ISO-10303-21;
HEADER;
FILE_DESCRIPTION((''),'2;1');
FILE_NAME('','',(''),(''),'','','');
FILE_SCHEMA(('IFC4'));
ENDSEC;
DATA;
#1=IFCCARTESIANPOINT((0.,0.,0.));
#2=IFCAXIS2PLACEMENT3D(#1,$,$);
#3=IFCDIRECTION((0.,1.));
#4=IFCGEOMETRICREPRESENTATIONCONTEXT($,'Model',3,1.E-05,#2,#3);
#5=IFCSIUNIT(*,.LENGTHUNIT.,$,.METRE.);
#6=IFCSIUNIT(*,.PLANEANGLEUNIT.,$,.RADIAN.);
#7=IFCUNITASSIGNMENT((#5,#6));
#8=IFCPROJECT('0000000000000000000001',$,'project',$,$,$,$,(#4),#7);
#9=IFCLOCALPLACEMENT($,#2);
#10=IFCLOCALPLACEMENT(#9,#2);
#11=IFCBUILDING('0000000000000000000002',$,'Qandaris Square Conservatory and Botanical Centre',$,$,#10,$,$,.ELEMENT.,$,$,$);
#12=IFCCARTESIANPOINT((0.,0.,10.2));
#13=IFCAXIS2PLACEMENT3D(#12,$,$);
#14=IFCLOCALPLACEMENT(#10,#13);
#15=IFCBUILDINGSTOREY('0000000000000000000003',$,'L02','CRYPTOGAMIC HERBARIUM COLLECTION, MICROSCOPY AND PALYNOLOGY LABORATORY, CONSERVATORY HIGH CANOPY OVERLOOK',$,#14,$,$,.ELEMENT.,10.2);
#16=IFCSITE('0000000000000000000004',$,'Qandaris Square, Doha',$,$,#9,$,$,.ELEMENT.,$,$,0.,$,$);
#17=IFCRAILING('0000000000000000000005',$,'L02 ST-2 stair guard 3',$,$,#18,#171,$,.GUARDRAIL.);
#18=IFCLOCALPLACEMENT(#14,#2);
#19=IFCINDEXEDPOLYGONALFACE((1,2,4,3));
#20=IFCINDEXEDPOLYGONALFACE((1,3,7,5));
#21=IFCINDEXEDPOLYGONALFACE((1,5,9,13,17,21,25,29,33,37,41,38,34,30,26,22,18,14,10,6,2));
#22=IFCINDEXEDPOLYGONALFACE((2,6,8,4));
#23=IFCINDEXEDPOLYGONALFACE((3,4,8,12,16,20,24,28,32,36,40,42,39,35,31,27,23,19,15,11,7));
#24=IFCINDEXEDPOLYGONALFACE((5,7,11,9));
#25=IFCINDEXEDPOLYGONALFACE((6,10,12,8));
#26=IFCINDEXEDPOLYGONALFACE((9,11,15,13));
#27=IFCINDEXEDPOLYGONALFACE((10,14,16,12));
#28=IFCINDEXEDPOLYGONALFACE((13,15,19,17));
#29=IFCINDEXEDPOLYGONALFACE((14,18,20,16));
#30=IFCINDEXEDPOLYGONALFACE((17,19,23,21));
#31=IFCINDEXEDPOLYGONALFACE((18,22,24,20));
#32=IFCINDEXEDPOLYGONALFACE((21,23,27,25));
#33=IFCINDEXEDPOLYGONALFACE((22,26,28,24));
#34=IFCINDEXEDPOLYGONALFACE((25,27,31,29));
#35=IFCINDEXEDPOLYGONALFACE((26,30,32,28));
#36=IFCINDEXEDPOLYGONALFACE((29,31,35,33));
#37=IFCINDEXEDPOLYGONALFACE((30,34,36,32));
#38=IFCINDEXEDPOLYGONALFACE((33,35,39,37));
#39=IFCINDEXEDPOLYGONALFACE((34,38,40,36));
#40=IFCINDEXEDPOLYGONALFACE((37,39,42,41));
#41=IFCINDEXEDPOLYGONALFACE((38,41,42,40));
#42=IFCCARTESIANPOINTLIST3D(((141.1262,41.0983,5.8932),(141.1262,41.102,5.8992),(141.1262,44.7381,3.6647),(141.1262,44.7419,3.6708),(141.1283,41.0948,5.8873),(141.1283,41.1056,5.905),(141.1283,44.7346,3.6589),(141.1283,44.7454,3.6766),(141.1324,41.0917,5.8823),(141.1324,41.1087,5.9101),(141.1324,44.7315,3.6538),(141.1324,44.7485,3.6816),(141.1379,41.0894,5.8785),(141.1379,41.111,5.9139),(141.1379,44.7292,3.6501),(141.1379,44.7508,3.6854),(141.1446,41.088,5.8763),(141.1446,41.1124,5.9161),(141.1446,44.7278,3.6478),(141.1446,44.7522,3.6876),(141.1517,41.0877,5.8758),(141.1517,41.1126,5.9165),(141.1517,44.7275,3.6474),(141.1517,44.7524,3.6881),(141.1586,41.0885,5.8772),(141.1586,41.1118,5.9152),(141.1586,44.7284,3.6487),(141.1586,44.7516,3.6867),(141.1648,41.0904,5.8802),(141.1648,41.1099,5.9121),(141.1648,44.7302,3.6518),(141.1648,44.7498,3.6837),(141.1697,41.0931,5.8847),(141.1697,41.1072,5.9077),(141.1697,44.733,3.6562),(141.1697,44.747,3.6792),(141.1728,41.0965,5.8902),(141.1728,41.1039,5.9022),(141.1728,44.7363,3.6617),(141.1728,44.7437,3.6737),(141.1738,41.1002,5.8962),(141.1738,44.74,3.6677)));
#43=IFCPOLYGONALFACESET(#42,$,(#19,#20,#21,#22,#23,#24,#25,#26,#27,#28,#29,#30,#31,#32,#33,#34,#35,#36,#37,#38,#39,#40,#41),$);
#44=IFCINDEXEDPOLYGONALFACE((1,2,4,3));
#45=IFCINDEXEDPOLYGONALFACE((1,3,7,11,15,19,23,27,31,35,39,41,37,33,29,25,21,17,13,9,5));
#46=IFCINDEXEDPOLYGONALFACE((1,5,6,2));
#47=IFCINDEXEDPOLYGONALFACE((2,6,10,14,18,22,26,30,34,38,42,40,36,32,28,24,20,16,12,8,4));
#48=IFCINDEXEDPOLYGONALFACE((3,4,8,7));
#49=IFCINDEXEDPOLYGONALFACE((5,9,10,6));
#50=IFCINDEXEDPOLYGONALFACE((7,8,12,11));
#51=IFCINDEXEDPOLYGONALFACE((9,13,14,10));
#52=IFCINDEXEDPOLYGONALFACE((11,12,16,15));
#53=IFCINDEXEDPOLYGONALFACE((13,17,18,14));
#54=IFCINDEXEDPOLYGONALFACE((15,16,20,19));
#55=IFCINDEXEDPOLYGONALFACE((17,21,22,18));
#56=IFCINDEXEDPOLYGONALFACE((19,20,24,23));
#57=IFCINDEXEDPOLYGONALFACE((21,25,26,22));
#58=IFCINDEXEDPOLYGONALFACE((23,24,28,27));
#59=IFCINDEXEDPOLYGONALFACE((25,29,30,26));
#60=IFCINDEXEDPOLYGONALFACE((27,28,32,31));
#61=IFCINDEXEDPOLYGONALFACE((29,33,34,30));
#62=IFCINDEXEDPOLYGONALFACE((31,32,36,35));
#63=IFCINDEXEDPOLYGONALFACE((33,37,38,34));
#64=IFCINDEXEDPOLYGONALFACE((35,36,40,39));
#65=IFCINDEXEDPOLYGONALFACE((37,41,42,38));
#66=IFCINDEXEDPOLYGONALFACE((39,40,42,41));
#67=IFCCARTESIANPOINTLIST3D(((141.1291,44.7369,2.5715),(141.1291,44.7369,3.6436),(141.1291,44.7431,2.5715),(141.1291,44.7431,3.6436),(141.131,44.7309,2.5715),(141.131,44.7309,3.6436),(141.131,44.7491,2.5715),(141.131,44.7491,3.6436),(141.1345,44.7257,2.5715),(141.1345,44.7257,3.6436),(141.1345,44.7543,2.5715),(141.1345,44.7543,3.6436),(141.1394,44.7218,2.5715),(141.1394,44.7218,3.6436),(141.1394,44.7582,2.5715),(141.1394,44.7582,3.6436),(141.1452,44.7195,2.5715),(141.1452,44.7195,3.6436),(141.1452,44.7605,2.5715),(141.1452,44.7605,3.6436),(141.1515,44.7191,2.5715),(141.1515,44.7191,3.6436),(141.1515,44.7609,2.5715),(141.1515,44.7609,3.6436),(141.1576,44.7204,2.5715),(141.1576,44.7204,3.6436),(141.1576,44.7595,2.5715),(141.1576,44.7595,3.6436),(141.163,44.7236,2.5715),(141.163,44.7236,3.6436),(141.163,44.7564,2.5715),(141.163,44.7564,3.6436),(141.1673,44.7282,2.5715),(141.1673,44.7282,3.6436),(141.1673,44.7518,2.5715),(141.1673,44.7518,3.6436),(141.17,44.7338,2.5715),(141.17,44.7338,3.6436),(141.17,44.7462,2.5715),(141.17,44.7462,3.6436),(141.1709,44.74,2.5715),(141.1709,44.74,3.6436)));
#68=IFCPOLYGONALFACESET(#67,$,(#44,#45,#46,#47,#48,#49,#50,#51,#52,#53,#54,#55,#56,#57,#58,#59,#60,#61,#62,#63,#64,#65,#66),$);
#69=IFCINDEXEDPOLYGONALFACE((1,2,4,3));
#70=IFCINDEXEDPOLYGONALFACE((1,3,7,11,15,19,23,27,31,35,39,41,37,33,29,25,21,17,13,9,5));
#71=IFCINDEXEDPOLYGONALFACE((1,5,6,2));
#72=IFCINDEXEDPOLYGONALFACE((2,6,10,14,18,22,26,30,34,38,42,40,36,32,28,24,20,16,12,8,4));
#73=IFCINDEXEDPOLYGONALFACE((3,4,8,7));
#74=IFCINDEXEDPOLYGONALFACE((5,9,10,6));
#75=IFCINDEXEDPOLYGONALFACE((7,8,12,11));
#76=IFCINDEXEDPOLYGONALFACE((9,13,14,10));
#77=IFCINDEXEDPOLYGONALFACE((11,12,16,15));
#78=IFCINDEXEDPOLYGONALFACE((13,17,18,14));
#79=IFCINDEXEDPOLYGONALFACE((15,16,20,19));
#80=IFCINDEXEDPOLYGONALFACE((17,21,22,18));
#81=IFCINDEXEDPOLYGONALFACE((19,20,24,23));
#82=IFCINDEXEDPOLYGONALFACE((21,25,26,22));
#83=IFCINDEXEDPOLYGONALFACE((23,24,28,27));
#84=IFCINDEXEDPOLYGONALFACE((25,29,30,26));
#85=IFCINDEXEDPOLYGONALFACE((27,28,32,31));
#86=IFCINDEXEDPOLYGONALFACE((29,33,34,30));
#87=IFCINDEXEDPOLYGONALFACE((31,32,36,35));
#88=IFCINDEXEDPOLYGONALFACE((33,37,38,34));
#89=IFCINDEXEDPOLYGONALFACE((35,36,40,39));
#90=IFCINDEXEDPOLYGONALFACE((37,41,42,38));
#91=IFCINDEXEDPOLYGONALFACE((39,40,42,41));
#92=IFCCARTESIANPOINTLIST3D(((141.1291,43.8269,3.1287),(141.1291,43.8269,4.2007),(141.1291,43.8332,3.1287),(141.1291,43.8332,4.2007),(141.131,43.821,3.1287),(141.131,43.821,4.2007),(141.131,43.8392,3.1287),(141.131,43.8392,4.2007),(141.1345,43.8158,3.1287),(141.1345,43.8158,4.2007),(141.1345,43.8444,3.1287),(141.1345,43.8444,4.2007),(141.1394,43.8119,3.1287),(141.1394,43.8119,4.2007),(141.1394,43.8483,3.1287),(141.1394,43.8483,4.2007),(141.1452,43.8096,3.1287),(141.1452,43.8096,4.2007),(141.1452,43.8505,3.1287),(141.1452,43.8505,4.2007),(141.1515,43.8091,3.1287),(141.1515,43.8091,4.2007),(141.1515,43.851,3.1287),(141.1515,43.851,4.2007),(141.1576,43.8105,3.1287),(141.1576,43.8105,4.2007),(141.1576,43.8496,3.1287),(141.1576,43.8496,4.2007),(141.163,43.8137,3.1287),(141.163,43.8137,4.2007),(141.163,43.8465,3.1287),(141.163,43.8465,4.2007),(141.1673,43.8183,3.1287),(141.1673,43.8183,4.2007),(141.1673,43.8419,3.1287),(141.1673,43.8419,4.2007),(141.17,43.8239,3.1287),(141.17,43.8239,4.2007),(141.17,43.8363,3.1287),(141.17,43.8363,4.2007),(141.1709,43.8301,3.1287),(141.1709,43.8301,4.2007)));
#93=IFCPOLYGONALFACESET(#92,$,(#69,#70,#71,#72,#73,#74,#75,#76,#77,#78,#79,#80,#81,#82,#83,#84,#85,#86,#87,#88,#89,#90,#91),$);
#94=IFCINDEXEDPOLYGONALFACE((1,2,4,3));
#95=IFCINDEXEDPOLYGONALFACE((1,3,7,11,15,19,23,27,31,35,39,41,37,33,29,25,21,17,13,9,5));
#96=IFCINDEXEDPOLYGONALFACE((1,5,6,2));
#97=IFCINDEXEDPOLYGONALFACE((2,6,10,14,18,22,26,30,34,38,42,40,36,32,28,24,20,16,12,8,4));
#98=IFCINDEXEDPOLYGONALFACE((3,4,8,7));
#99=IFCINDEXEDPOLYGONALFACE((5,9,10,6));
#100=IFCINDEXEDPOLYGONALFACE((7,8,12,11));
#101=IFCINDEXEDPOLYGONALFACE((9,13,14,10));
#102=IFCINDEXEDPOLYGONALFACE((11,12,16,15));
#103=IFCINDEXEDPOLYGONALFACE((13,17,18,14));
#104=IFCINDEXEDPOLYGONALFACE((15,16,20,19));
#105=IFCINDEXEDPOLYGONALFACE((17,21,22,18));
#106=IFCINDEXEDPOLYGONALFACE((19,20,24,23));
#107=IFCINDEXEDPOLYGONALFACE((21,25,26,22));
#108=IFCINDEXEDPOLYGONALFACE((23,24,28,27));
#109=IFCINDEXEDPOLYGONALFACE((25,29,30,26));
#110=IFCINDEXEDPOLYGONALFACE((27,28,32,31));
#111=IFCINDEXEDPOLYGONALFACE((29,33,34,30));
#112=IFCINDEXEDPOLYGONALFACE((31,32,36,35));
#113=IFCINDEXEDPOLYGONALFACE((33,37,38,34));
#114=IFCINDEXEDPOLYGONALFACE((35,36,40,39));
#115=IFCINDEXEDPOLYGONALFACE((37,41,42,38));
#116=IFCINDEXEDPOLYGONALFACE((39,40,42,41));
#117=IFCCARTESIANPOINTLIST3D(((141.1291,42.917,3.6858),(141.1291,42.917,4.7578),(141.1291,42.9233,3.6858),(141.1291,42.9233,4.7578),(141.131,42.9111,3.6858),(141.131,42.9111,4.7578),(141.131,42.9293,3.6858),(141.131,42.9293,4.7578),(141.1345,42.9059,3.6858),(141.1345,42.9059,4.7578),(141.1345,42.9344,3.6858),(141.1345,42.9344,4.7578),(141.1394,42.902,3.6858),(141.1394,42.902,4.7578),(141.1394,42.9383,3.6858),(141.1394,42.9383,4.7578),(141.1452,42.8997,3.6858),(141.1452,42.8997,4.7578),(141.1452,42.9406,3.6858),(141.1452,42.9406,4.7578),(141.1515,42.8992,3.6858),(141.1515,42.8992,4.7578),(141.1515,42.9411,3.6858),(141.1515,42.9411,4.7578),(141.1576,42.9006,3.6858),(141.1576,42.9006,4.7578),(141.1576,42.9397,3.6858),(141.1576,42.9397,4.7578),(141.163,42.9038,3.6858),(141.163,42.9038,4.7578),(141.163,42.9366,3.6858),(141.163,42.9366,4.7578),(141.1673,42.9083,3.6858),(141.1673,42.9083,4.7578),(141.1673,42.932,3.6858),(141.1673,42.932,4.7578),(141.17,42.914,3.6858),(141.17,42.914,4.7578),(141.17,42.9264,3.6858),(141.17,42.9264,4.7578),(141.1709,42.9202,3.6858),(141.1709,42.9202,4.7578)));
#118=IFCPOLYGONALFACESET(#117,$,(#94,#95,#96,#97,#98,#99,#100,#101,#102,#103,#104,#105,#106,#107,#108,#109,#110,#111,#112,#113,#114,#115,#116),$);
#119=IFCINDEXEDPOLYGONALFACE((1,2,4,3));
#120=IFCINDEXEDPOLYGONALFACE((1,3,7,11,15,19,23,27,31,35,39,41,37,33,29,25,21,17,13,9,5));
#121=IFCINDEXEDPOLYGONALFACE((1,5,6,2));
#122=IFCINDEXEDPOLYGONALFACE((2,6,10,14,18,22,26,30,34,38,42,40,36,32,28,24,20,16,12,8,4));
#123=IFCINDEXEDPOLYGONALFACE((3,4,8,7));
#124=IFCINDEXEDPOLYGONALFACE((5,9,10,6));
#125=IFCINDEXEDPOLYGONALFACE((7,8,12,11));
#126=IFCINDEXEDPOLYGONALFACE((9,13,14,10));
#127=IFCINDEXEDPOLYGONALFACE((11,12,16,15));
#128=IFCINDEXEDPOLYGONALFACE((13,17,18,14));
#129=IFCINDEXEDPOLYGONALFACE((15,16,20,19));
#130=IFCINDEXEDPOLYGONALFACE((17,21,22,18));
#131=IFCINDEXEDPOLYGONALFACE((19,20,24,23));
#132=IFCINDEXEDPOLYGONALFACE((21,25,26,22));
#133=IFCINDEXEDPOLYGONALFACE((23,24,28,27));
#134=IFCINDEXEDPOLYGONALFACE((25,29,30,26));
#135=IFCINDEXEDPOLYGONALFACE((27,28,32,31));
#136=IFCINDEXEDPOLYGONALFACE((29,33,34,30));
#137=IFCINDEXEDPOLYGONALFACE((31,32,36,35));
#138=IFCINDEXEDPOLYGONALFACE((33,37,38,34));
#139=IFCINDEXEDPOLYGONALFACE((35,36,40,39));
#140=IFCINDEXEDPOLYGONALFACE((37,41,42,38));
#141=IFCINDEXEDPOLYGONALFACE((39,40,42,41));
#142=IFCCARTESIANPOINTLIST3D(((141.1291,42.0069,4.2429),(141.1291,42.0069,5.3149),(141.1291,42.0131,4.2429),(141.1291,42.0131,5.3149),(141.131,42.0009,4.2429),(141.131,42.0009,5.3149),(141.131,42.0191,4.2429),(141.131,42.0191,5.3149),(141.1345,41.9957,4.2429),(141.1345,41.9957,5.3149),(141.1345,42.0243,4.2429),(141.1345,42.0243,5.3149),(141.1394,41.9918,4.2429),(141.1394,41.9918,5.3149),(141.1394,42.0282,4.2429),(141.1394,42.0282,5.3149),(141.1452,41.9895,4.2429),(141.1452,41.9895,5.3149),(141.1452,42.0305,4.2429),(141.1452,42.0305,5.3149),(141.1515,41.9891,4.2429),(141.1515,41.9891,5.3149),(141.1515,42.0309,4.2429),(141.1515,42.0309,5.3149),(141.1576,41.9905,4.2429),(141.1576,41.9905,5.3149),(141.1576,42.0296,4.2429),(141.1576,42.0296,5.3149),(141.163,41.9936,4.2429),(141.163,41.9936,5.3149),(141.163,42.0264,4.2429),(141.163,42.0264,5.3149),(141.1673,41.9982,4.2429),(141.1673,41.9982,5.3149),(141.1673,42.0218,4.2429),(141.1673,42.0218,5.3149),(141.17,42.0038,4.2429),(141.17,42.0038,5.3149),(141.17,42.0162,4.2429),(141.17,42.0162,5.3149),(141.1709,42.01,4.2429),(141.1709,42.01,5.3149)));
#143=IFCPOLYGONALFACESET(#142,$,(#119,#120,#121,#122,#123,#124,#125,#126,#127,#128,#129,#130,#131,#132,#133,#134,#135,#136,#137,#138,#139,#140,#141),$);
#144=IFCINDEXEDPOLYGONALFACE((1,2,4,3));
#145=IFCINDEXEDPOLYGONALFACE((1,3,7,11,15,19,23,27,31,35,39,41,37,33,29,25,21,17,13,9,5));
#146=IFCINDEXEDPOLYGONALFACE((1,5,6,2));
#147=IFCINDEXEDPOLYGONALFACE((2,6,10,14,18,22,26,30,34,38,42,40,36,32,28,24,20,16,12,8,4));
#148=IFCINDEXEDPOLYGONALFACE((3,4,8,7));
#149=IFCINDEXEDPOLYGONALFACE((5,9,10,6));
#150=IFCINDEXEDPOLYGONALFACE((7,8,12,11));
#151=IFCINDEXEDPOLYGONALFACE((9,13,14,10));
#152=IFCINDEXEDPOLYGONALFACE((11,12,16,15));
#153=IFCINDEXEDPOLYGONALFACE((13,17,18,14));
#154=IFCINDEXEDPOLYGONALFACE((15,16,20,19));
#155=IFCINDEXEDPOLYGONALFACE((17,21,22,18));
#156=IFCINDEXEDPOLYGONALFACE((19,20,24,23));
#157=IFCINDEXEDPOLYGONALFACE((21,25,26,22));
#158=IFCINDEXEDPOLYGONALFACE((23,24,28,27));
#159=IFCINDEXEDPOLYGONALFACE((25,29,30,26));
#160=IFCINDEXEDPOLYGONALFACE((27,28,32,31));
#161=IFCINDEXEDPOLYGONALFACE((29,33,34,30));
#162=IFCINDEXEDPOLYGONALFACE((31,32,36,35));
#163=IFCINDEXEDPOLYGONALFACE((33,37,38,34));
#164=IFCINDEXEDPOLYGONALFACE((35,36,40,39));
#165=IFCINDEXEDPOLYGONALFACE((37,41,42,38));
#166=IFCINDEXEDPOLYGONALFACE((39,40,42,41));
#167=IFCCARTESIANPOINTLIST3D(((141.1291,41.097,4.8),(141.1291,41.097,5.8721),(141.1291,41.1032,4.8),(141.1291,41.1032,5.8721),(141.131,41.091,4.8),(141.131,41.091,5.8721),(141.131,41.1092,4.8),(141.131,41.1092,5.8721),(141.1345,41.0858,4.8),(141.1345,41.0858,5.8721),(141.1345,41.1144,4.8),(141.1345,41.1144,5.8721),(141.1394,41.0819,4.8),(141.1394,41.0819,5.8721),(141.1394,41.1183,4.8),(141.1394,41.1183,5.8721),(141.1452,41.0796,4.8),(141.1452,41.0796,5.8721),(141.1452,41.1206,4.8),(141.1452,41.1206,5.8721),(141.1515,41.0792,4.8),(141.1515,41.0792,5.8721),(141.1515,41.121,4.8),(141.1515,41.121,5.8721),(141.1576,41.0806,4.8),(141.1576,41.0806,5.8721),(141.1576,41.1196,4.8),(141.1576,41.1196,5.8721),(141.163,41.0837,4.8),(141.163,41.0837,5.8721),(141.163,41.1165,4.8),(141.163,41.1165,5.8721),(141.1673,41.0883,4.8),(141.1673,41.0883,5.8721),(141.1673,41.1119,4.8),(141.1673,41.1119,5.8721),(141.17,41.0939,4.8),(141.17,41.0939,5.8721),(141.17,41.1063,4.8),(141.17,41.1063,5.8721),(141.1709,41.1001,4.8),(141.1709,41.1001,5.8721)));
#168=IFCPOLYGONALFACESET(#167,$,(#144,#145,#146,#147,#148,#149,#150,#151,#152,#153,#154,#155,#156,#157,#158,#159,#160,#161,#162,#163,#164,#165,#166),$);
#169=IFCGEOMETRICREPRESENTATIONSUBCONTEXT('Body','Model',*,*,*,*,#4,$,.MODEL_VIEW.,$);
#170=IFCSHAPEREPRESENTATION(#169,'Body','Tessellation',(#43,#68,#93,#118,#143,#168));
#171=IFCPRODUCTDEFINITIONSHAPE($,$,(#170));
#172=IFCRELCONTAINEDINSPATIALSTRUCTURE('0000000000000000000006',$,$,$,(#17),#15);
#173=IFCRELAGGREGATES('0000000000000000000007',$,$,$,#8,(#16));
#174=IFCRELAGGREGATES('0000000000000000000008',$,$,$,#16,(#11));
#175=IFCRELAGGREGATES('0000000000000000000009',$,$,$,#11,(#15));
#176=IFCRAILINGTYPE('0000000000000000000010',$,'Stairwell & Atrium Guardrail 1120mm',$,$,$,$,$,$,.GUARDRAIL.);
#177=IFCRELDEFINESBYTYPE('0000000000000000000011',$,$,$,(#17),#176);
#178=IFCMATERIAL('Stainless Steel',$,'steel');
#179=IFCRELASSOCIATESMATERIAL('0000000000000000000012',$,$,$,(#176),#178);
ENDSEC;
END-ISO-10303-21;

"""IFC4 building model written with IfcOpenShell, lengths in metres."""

from ifc_helpers import new_model, si_unit, direction, frame, origin, origin_2d, place, context, subcontext, project, spatial, circle, extrude, material, type_object, element, save


model = new_model("IFC4")

# Units and contexts
model_context = context("Model", 3, precision=1e-05, world=origin(), true_north=direction((0.0, 1.0)))
body_context = subcontext(model_context, "Body", "Model", "MODEL_VIEW")
ifc_project = project(units=[si_unit("LENGTHUNIT", "METRE"), si_unit("PLANEANGLEUNIT", "RADIAN")], contexts=[model_context])

# Site, building, storey
site_placement = place(None, origin())
site = spatial("IfcSite", under=ifc_project, at=site_placement, Name="Qandaris Square, Doha", CompositionType="ELEMENT", RefElevation=0.0)
building_placement = place(site_placement, origin())
building = spatial("IfcBuilding", under=site, at=building_placement, Name="Qandaris Square Conservatory and Botanical Centre", CompositionType="ELEMENT")
storey_placement = place(building_placement, frame((0.0, 0.0, 10.2)))
storey = spatial("IfcBuildingStorey", under=building, at=storey_placement, Name="L02", Description="CRYPTOGAMIC HERBARIUM COLLECTION, MICROSCOPY AND PALYNOLOGY LABORATORY, CONSERVATORY HIGH CANOPY OVERLOOK", CompositionType="ELEMENT", Elevation=10.2)

# Railing
ifc_material_1 = material(Name="Stainless Steel", Category="steel")
railing_type_1 = type_object("IfcRailingType", Name="Stairwell & Atrium Guardrail 1120mm", PredefinedType="GUARDRAIL", material=ifc_material_1)
railing_1_placement = place(storey_placement, frame((141.1499, 44.74, 2.5715)))
element("IfcRailing", 1, at=railing_1_placement, inside=storey, type_object=railing_type_1, Name="L02 ST-2 stair guard 3", PredefinedType="GUARDRAIL", context=body_context, shape_type="SweptSolid", body=[
    extrude(circle(Radius=0.0239, at=origin_2d()), frame((0.0, 0.0, 1.0962), z_axis=(0.0, -0.85285, 0.522156), x_axis=(1.0, 0.0, 0.0)), (0.0, 0.0, 1.0), 4.2678),
    extrude(circle(Radius=0.021, at=origin_2d()), origin(), (0.0, 0.0, 1.0), 1.072),
    extrude(circle(Radius=0.021, at=origin_2d()), frame((0.0, -0.9099, 0.5571)), (0.0, 0.0, 1.0), 1.072),
    extrude(circle(Radius=0.021, at=origin_2d()), frame((0.0, -1.8198, 1.1143)), (0.0, 0.0, 1.0), 1.072),
    extrude(circle(Radius=0.021, at=origin_2d()), frame((0.0, -2.73, 1.6714)), (0.0, 0.0, 1.0), 1.072),
    extrude(circle(Radius=0.021, at=origin_2d()), frame((0.0, -3.6399, 2.2285)), (0.0, 0.0, 1.0), 1.072),
])

save(model, "model.ifc")
